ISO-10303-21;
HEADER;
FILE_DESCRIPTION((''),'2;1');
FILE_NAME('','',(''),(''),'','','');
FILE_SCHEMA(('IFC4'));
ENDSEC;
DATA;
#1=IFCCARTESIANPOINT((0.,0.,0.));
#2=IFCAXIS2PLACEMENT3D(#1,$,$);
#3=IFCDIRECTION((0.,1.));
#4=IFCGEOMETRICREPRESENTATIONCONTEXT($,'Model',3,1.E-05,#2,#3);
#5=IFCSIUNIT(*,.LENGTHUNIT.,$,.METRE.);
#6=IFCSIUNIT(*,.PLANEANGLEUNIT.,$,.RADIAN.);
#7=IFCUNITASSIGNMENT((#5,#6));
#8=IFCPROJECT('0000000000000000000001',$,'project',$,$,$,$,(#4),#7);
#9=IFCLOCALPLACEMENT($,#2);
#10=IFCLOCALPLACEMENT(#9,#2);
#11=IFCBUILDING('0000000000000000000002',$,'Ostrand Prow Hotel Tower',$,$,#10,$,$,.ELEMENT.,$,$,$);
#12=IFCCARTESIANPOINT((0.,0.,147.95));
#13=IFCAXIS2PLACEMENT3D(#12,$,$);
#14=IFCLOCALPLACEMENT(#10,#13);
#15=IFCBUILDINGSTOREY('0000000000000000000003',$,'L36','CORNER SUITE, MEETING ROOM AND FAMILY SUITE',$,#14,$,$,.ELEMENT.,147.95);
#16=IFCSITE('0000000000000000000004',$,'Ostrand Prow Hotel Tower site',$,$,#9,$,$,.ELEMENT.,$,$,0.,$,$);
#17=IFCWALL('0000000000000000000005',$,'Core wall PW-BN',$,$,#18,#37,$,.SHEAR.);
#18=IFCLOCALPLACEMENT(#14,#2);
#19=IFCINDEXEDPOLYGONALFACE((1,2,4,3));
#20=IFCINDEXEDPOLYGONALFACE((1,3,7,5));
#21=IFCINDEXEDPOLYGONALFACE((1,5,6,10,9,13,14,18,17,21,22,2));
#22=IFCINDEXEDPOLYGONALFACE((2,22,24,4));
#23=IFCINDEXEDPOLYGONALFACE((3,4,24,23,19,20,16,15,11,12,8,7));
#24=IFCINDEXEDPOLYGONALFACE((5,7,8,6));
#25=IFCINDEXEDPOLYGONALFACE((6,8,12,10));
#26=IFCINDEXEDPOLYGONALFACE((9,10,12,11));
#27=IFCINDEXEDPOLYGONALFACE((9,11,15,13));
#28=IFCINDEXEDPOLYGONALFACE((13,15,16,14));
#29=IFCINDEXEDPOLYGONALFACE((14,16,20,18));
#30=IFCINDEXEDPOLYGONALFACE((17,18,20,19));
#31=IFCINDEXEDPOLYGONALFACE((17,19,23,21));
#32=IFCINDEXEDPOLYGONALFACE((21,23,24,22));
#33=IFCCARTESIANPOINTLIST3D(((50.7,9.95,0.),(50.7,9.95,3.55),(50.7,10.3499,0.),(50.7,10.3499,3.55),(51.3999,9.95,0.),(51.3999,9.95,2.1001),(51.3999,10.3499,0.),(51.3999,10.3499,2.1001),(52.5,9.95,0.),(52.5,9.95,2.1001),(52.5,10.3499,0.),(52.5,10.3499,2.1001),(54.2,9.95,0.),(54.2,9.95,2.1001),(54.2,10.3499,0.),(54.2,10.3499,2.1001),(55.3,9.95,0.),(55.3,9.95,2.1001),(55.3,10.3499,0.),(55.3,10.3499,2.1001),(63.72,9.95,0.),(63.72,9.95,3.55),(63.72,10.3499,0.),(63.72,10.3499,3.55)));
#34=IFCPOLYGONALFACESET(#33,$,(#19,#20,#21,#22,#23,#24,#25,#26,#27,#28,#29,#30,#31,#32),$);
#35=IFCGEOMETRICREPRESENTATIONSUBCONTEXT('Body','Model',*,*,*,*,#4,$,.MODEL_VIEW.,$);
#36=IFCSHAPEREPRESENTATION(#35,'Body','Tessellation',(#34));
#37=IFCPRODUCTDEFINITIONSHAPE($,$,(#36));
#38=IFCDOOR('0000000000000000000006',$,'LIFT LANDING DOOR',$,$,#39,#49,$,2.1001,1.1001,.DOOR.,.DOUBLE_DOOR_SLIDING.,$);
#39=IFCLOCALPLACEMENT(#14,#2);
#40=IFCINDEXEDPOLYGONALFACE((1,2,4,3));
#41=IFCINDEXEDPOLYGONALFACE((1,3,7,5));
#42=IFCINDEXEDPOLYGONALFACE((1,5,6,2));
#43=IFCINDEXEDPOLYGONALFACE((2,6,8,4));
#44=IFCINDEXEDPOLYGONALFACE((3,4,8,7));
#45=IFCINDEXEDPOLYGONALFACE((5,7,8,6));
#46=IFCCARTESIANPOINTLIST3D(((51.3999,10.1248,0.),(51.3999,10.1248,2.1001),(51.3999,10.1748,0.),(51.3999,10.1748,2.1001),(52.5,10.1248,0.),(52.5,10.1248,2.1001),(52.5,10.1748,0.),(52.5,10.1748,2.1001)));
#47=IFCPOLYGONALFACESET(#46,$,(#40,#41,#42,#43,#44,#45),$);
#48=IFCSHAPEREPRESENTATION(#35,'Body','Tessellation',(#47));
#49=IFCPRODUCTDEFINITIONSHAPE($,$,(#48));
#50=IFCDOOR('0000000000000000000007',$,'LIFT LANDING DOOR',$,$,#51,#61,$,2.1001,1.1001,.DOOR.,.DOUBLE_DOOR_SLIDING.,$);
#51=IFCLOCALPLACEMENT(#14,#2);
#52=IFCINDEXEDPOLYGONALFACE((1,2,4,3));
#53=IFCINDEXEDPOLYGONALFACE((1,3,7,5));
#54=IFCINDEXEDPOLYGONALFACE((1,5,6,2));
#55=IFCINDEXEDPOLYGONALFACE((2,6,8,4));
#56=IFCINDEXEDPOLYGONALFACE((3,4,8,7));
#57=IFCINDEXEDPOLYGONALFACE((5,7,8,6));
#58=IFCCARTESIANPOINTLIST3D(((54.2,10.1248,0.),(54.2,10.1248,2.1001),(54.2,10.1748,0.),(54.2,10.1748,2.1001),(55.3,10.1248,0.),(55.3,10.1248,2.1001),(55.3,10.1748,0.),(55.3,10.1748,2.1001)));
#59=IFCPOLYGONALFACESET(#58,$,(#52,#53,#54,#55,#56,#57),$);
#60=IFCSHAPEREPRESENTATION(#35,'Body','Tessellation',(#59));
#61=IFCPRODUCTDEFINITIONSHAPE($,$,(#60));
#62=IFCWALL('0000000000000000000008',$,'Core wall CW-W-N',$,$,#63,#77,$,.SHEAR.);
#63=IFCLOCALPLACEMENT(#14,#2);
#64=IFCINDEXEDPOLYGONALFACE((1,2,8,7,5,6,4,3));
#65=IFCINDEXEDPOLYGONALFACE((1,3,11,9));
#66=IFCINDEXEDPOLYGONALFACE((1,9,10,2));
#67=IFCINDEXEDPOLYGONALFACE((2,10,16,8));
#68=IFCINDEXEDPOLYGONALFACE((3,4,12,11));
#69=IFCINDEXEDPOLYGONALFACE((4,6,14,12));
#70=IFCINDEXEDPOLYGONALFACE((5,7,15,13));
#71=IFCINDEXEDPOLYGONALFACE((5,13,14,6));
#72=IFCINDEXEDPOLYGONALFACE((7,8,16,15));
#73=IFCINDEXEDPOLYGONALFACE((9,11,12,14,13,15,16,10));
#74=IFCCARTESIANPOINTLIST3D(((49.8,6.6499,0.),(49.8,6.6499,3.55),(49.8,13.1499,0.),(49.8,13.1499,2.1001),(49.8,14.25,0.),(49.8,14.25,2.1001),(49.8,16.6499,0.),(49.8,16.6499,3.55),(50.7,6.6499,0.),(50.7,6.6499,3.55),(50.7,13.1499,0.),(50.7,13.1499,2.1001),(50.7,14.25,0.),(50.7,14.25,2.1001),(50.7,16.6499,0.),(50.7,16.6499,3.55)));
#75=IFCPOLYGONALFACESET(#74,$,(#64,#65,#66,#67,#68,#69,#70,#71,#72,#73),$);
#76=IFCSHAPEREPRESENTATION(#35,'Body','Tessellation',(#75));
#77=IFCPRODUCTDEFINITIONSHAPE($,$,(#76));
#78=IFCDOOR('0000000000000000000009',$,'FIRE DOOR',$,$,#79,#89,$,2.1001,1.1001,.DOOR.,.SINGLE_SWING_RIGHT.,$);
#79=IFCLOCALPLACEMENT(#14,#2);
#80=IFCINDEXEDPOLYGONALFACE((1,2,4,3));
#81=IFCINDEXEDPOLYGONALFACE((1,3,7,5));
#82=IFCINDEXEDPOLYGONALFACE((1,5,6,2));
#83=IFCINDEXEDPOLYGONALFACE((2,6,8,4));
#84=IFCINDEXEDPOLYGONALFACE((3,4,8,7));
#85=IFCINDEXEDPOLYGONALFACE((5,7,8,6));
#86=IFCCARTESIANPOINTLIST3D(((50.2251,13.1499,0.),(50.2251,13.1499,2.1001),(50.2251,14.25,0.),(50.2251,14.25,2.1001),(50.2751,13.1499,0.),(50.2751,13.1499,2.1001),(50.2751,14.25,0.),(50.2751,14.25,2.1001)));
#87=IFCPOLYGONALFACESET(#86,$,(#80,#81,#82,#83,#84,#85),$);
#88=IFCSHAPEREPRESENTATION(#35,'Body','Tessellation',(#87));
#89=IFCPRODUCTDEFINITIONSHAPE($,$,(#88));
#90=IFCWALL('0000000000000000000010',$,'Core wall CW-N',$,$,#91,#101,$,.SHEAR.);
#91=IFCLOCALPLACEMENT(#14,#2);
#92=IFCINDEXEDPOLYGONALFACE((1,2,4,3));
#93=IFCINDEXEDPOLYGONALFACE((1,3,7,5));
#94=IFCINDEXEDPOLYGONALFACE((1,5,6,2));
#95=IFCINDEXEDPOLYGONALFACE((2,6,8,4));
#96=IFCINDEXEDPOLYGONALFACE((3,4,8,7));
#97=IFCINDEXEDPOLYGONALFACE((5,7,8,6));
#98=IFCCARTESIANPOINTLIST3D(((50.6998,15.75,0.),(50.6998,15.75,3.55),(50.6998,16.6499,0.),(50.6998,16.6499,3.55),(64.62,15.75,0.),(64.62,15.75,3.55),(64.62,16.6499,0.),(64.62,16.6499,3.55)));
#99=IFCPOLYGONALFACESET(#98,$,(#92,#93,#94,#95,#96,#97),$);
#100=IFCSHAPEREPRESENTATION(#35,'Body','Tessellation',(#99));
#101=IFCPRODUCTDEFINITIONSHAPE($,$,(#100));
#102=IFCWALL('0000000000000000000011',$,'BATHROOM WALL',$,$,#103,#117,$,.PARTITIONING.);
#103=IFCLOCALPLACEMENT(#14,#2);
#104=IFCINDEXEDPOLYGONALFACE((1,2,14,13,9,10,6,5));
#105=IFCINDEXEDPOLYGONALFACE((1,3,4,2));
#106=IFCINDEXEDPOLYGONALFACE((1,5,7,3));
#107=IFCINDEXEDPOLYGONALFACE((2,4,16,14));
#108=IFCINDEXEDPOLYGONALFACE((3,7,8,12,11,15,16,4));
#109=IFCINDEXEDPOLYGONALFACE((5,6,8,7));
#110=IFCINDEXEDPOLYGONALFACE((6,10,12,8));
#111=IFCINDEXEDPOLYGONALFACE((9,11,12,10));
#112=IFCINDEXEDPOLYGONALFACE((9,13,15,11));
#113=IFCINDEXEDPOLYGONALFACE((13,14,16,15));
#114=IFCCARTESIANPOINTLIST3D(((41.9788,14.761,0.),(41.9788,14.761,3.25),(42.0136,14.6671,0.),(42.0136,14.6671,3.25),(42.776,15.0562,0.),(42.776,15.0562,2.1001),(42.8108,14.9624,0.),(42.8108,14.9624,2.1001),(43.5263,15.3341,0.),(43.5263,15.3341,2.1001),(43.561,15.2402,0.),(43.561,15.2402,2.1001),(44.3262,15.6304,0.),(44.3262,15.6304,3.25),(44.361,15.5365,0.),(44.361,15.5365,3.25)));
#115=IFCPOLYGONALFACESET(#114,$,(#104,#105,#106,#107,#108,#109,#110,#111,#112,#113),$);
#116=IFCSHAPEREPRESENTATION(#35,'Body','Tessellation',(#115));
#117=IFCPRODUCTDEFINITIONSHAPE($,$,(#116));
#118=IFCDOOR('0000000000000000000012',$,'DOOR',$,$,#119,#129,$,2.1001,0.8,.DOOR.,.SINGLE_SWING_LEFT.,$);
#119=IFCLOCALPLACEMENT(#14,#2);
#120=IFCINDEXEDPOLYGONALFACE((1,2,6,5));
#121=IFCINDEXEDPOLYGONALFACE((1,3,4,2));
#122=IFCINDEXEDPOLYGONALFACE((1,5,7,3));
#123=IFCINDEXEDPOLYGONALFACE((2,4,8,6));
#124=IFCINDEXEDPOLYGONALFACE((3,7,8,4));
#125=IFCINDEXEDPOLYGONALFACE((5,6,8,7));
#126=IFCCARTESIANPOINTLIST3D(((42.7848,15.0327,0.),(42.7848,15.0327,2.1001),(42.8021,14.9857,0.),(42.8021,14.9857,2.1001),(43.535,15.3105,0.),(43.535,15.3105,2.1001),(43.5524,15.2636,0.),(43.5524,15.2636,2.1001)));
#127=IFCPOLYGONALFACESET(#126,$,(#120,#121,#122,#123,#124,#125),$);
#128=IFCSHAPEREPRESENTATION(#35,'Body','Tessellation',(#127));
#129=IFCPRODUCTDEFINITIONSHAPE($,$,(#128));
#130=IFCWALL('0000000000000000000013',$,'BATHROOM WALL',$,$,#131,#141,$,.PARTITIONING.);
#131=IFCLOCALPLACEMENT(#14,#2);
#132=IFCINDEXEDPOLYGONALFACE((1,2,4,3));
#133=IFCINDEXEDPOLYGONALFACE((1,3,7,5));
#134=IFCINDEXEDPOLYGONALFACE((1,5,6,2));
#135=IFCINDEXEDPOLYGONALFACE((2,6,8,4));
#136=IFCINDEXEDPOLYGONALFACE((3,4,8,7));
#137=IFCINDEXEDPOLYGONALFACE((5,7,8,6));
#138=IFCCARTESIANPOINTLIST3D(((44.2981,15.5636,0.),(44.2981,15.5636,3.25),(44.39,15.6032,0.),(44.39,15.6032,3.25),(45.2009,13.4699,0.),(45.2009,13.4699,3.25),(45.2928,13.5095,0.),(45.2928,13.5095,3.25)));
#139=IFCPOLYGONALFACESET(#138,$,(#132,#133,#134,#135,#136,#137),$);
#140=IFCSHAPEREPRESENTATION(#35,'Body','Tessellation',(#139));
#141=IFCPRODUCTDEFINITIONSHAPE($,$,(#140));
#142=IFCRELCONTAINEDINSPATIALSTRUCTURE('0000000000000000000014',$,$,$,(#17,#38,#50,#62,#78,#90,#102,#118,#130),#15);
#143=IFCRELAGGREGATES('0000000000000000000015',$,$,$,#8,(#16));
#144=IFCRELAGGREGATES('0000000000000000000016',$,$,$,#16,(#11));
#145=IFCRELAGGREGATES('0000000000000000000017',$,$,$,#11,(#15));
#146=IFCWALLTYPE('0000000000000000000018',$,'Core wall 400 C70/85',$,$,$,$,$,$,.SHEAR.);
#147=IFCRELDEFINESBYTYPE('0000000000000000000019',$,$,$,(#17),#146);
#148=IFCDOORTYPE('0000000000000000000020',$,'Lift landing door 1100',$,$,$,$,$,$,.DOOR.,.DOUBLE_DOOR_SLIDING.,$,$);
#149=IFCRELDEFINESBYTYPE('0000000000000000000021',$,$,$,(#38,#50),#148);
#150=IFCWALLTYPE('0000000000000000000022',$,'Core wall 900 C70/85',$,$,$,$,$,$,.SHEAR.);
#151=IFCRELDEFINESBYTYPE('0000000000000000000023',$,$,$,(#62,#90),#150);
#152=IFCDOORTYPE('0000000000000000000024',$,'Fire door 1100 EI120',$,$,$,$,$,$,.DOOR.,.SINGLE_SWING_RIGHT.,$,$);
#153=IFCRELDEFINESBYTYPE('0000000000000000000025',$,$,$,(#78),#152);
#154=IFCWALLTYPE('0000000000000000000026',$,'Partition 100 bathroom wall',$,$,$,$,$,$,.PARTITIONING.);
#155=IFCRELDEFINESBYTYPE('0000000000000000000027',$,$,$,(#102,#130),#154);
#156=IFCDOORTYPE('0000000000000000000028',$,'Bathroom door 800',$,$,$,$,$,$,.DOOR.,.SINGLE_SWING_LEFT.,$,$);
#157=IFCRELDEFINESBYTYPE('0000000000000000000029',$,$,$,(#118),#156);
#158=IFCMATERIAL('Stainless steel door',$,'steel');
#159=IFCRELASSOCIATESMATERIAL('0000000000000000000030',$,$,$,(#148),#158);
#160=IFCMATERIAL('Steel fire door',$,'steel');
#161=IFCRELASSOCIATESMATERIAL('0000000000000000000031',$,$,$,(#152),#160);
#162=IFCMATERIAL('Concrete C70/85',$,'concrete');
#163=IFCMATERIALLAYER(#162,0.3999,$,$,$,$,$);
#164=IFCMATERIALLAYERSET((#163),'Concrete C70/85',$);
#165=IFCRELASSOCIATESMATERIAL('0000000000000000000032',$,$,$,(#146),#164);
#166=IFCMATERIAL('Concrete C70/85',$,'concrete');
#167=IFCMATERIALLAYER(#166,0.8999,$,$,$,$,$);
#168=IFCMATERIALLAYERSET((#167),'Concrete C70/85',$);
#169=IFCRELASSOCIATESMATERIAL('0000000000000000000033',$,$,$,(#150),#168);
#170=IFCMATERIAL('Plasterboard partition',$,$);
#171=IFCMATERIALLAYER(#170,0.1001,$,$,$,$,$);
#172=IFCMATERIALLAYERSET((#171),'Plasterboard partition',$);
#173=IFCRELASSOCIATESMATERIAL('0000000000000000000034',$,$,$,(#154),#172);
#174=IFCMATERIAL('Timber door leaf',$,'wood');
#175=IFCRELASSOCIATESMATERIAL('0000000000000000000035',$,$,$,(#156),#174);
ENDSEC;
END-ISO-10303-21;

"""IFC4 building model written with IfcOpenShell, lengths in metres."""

from ifc_helpers import new_model, si_unit, direction, frame, frame_2d, origin, place, context, subcontext, project, spatial, rectangle, extrude, material, layer, layer_set, type_object, element, fill, save


model = new_model("IFC4")

# Units and contexts
model_context = context("Model", 3, precision=1e-05, world=origin(), true_north=direction((0.0, 1.0)))
body_context = subcontext(model_context, "Body", "Model", "MODEL_VIEW")
ifc_project = project(units=[si_unit("LENGTHUNIT", "METRE"), si_unit("PLANEANGLEUNIT", "RADIAN")], contexts=[model_context])

# Site, building, storey
site_placement = place(None, origin())
site = spatial("IfcSite", under=ifc_project, at=site_placement, Name="Ostrand Prow Hotel Tower site", CompositionType="ELEMENT", RefElevation=0.0)
building_placement = place(site_placement, origin())
building = spatial("IfcBuilding", under=site, at=building_placement, Name="Ostrand Prow Hotel Tower", CompositionType="ELEMENT")
storey_placement = place(building_placement, frame((0.0, 0.0, 147.95)))
storey = spatial("IfcBuildingStorey", under=building, at=storey_placement, Name="L36", Description="CORNER SUITE, MEETING ROOM AND FAMILY SUITE", CompositionType="ELEMENT", Elevation=147.95)

# Shared definitions
ifc_material_1 = material(Name="Stainless steel door", Category="steel")
door_type_1 = type_object("IfcDoorType", Name="Lift landing door 1100", OperationType="DOUBLE_DOOR_SLIDING", PredefinedType="DOOR", material=ifc_material_1)

# Shared definitions
ifc_material_2 = material(Name="Steel fire door", Category="steel")
door_type_2 = type_object("IfcDoorType", Name="Fire door 1100 EI120", OperationType="SINGLE_SWING_RIGHT", PredefinedType="DOOR", material=ifc_material_2)

# Wall, openings, doors
ifc_material_3 = material(Name="Concrete C70/85", Category="concrete")
ifc_layer_1 = layer(ifc_material_3, 0.3999)
ifc_layer_set_1 = layer_set([ifc_layer_1], Name="Concrete C70/85")
wall_type_1 = type_object("IfcWallType", Name="Core wall 400 C70/85", PredefinedType="SHEAR", material=ifc_layer_set_1)
wall_1_placement = place(storey_placement, frame((50.7, 10.1499, 0.0), z_axis=(0.0, 0.0, 1.0), x_axis=(1.0, 0.0, 0.0)))
wall_1 = element("IfcWall", 1, at=wall_1_placement, inside=storey, type_object=wall_type_1, Name="Core wall PW-BN", PredefinedType="SHEAR", context=body_context, shape_type="SweptSolid", body=[
    extrude(rectangle(XDim=13.02, YDim=0.3999, at=frame_2d((6.51, 0.0))), origin(), (0.0, 0.0, 1.0), 3.55),
])
opening_1_placement = place(wall_1_placement, frame((0.7, 0.0, 0.0)))
opening_1 = element("IfcOpeningElement", 2, at=opening_1_placement, cuts=wall_1, PredefinedType="OPENING", context=body_context, shape_type="SweptSolid", body=[
    extrude(rectangle(XDim=1.1001, YDim=2.1001, at=frame_2d((0.55, 1.05))), frame((0.0, 0.21, 0.0), z_axis=(0.0, -1.0, 0.0), x_axis=(1.0, 0.0, 0.0)), (0.0, 0.0, 1.0), 0.4199),
])
opening_2_placement = place(wall_1_placement, frame((3.5, 0.0, 0.0)))
opening_2 = element("IfcOpeningElement", 3, at=opening_2_placement, cuts=wall_1, PredefinedType="OPENING", context=body_context, shape_type="SweptSolid", body=[
    extrude(rectangle(XDim=1.1001, YDim=2.1001, at=frame_2d((0.55, 1.05))), frame((0.0, 0.21, 0.0), z_axis=(0.0, -1.0, 0.0), x_axis=(1.0, 0.0, 0.0)), (0.0, 0.0, 1.0), 0.4199),
])
door_1_placement = place(opening_1_placement, origin())
door_1 = element("IfcDoor", 4, at=door_1_placement, inside=storey, type_object=door_type_1, Name="LIFT LANDING DOOR", OperationType="DOUBLE_DOOR_SLIDING", OverallHeight=2.1001, OverallWidth=1.1001, PredefinedType="DOOR", context=body_context, shape_type="SweptSolid", body=[
    extrude(rectangle(XDim=1.1001, YDim=2.1001, at=frame_2d((0.55, 1.05))), frame((0.0, 0.0249, 0.0), z_axis=(0.0, -1.0, 0.0), x_axis=(1.0, 0.0, 0.0)), (0.0, 0.0, 1.0), 0.05),
])
fill(opening_1, door_1)
door_2_placement = place(opening_2_placement, origin())
door_2 = element("IfcDoor", 5, at=door_2_placement, inside=storey, type_object=door_type_1, Name="LIFT LANDING DOOR", OperationType="DOUBLE_DOOR_SLIDING", OverallHeight=2.1001, OverallWidth=1.1001, PredefinedType="DOOR", context=body_context, shape_type="SweptSolid", body=[
    extrude(rectangle(XDim=1.1001, YDim=2.1001, at=frame_2d((0.55, 1.05))), frame((0.0, 0.0249, 0.0), z_axis=(0.0, -1.0, 0.0), x_axis=(1.0, 0.0, 0.0)), (0.0, 0.0, 1.0), 0.05),
])
fill(opening_2, door_2)

# Wall, opening, door
ifc_material_4 = material(Name="Concrete C70/85", Category="concrete")
ifc_layer_2 = layer(ifc_material_4, 0.8999)
ifc_layer_set_2 = layer_set([ifc_layer_2], Name="Concrete C70/85")
wall_type_2 = type_object("IfcWallType", Name="Core wall 900 C70/85", PredefinedType="SHEAR", material=ifc_layer_set_2)
wall_2_placement = place(storey_placement, frame((50.25, 6.6499, 0.0), z_axis=(0.0, 0.0, 1.0), x_axis=(0.0, 1.0, 0.0)))
wall_2 = element("IfcWall", 6, at=wall_2_placement, inside=storey, type_object=wall_type_2, Name="Core wall CW-W-N", PredefinedType="SHEAR", context=body_context, shape_type="SweptSolid", body=[
    extrude(rectangle(XDim=10.0, YDim=0.8999, at=frame_2d((5.0, 0.0))), origin(), (0.0, 0.0, 1.0), 3.55),
])
opening_3_placement = place(wall_2_placement, frame((6.5, 0.0, 0.0)))
opening_3 = element("IfcOpeningElement", 7, at=opening_3_placement, cuts=wall_2, PredefinedType="OPENING", context=body_context, shape_type="SweptSolid", body=[
    extrude(rectangle(XDim=1.1001, YDim=2.1001, at=frame_2d((0.55, 1.05))), frame((0.0, 0.46, 0.0), z_axis=(0.0, -1.0, 0.0), x_axis=(1.0, 0.0, 0.0)), (0.0, 0.0, 1.0), 0.9199),
])
door_3_placement = place(opening_3_placement, origin())
door_3 = element("IfcDoor", 8, at=door_3_placement, inside=storey, type_object=door_type_2, Name="FIRE DOOR", OperationType="SINGLE_SWING_RIGHT", OverallHeight=2.1001, OverallWidth=1.1001, PredefinedType="DOOR", context=body_context, shape_type="SweptSolid", body=[
    extrude(rectangle(XDim=1.1001, YDim=2.1001, at=frame_2d((0.55, 1.05))), frame((0.0, 0.0249, 0.0), z_axis=(0.0, -1.0, 0.0), x_axis=(1.0, 0.0, 0.0)), (0.0, 0.0, 1.0), 0.05),
])
fill(opening_3, door_3)

# Wall
wall_3_placement = place(storey_placement, frame((50.7, 16.2, 0.0), z_axis=(0.0, 0.0, 1.0), x_axis=(1.0, 0.0, 0.0)))
element("IfcWall", 9, at=wall_3_placement, inside=storey, type_object=wall_type_2, Name="Core wall CW-N", PredefinedType="SHEAR", context=body_context, shape_type="SweptSolid", body=[
    extrude(rectangle(XDim=13.9202, YDim=0.8999, at=frame_2d((6.96, 0.0))), origin(), (0.0, 0.0, 1.0), 3.55),
])

# Wall, opening, door
ifc_material_5 = material(Name="Plasterboard partition")
ifc_layer_3 = layer(ifc_material_5, 0.1001)
ifc_layer_set_3 = layer_set([ifc_layer_3], Name="Plasterboard partition")
wall_type_3 = type_object("IfcWallType", Name="Partition 100 bathroom wall", PredefinedType="PARTITIONING", material=ifc_layer_set_3)
wall_4_placement = place(storey_placement, frame((41.9963, 14.7141, 0.0), z_axis=(0.0, 0.0, 1.0), x_axis=(0.937752, 0.347305, 0.0)))
wall_4 = element("IfcWall", 10, at=wall_4_placement, inside=storey, type_object=wall_type_3, Name="BATHROOM WALL", PredefinedType="PARTITIONING", context=body_context, shape_type="SweptSolid", body=[
    extrude(rectangle(XDim=2.5032, YDim=0.1001, at=frame_2d((1.2515, 0.0))), origin(), (0.0, 0.0, 1.0), 3.25),
])
opening_4_placement = place(wall_4_placement, frame((0.8501, 0.0, 0.0)))
opening_4 = element("IfcOpeningElement", 11, at=opening_4_placement, cuts=wall_4, PredefinedType="OPENING", context=body_context, shape_type="SweptSolid", body=[
    extrude(rectangle(XDim=0.8, YDim=2.1001, at=frame_2d((0.3999, 1.05))), frame((0.0, 0.0601, 0.0), z_axis=(0.0, -1.0, 0.0), x_axis=(1.0, 0.0, 0.0)), (0.0, 0.0, 1.0), 0.1201),
])
ifc_material_6 = material(Name="Timber door leaf", Category="wood")
door_type_3 = type_object("IfcDoorType", Name="Bathroom door 800", OperationType="SINGLE_SWING_LEFT", PredefinedType="DOOR", material=ifc_material_6)
door_4_placement = place(opening_4_placement, origin())
door_4 = element("IfcDoor", 12, at=door_4_placement, inside=storey, type_object=door_type_3, Name="DOOR", OperationType="SINGLE_SWING_LEFT", OverallHeight=2.1001, OverallWidth=0.8, PredefinedType="DOOR", context=body_context, shape_type="SweptSolid", body=[
    extrude(rectangle(XDim=0.8, YDim=2.1001, at=frame_2d((0.3999, 1.05))), frame((0.0, 0.0249, 0.0), z_axis=(0.0, -1.0, 0.0), x_axis=(1.0, 0.0, 0.0)), (0.0, 0.0, 1.0), 0.05),
])
fill(opening_4, door_4)

# Wall
wall_5_placement = place(storey_placement, frame((44.344, 15.5835, 0.0), z_axis=(0.0, 0.0, 1.0), x_axis=(0.39596, -0.918268, 0.0)))
element("IfcWall", 13, at=wall_5_placement, inside=storey, type_object=wall_type_3, Name="BATHROOM WALL", PredefinedType="PARTITIONING", context=body_context, shape_type="SweptSolid", body=[
    extrude(rectangle(XDim=2.28, YDim=0.1001, at=frame_2d((1.1401, 0.0))), origin(), (0.0, 0.0, 1.0), 3.25),
])

save(model, "model.ifc")
